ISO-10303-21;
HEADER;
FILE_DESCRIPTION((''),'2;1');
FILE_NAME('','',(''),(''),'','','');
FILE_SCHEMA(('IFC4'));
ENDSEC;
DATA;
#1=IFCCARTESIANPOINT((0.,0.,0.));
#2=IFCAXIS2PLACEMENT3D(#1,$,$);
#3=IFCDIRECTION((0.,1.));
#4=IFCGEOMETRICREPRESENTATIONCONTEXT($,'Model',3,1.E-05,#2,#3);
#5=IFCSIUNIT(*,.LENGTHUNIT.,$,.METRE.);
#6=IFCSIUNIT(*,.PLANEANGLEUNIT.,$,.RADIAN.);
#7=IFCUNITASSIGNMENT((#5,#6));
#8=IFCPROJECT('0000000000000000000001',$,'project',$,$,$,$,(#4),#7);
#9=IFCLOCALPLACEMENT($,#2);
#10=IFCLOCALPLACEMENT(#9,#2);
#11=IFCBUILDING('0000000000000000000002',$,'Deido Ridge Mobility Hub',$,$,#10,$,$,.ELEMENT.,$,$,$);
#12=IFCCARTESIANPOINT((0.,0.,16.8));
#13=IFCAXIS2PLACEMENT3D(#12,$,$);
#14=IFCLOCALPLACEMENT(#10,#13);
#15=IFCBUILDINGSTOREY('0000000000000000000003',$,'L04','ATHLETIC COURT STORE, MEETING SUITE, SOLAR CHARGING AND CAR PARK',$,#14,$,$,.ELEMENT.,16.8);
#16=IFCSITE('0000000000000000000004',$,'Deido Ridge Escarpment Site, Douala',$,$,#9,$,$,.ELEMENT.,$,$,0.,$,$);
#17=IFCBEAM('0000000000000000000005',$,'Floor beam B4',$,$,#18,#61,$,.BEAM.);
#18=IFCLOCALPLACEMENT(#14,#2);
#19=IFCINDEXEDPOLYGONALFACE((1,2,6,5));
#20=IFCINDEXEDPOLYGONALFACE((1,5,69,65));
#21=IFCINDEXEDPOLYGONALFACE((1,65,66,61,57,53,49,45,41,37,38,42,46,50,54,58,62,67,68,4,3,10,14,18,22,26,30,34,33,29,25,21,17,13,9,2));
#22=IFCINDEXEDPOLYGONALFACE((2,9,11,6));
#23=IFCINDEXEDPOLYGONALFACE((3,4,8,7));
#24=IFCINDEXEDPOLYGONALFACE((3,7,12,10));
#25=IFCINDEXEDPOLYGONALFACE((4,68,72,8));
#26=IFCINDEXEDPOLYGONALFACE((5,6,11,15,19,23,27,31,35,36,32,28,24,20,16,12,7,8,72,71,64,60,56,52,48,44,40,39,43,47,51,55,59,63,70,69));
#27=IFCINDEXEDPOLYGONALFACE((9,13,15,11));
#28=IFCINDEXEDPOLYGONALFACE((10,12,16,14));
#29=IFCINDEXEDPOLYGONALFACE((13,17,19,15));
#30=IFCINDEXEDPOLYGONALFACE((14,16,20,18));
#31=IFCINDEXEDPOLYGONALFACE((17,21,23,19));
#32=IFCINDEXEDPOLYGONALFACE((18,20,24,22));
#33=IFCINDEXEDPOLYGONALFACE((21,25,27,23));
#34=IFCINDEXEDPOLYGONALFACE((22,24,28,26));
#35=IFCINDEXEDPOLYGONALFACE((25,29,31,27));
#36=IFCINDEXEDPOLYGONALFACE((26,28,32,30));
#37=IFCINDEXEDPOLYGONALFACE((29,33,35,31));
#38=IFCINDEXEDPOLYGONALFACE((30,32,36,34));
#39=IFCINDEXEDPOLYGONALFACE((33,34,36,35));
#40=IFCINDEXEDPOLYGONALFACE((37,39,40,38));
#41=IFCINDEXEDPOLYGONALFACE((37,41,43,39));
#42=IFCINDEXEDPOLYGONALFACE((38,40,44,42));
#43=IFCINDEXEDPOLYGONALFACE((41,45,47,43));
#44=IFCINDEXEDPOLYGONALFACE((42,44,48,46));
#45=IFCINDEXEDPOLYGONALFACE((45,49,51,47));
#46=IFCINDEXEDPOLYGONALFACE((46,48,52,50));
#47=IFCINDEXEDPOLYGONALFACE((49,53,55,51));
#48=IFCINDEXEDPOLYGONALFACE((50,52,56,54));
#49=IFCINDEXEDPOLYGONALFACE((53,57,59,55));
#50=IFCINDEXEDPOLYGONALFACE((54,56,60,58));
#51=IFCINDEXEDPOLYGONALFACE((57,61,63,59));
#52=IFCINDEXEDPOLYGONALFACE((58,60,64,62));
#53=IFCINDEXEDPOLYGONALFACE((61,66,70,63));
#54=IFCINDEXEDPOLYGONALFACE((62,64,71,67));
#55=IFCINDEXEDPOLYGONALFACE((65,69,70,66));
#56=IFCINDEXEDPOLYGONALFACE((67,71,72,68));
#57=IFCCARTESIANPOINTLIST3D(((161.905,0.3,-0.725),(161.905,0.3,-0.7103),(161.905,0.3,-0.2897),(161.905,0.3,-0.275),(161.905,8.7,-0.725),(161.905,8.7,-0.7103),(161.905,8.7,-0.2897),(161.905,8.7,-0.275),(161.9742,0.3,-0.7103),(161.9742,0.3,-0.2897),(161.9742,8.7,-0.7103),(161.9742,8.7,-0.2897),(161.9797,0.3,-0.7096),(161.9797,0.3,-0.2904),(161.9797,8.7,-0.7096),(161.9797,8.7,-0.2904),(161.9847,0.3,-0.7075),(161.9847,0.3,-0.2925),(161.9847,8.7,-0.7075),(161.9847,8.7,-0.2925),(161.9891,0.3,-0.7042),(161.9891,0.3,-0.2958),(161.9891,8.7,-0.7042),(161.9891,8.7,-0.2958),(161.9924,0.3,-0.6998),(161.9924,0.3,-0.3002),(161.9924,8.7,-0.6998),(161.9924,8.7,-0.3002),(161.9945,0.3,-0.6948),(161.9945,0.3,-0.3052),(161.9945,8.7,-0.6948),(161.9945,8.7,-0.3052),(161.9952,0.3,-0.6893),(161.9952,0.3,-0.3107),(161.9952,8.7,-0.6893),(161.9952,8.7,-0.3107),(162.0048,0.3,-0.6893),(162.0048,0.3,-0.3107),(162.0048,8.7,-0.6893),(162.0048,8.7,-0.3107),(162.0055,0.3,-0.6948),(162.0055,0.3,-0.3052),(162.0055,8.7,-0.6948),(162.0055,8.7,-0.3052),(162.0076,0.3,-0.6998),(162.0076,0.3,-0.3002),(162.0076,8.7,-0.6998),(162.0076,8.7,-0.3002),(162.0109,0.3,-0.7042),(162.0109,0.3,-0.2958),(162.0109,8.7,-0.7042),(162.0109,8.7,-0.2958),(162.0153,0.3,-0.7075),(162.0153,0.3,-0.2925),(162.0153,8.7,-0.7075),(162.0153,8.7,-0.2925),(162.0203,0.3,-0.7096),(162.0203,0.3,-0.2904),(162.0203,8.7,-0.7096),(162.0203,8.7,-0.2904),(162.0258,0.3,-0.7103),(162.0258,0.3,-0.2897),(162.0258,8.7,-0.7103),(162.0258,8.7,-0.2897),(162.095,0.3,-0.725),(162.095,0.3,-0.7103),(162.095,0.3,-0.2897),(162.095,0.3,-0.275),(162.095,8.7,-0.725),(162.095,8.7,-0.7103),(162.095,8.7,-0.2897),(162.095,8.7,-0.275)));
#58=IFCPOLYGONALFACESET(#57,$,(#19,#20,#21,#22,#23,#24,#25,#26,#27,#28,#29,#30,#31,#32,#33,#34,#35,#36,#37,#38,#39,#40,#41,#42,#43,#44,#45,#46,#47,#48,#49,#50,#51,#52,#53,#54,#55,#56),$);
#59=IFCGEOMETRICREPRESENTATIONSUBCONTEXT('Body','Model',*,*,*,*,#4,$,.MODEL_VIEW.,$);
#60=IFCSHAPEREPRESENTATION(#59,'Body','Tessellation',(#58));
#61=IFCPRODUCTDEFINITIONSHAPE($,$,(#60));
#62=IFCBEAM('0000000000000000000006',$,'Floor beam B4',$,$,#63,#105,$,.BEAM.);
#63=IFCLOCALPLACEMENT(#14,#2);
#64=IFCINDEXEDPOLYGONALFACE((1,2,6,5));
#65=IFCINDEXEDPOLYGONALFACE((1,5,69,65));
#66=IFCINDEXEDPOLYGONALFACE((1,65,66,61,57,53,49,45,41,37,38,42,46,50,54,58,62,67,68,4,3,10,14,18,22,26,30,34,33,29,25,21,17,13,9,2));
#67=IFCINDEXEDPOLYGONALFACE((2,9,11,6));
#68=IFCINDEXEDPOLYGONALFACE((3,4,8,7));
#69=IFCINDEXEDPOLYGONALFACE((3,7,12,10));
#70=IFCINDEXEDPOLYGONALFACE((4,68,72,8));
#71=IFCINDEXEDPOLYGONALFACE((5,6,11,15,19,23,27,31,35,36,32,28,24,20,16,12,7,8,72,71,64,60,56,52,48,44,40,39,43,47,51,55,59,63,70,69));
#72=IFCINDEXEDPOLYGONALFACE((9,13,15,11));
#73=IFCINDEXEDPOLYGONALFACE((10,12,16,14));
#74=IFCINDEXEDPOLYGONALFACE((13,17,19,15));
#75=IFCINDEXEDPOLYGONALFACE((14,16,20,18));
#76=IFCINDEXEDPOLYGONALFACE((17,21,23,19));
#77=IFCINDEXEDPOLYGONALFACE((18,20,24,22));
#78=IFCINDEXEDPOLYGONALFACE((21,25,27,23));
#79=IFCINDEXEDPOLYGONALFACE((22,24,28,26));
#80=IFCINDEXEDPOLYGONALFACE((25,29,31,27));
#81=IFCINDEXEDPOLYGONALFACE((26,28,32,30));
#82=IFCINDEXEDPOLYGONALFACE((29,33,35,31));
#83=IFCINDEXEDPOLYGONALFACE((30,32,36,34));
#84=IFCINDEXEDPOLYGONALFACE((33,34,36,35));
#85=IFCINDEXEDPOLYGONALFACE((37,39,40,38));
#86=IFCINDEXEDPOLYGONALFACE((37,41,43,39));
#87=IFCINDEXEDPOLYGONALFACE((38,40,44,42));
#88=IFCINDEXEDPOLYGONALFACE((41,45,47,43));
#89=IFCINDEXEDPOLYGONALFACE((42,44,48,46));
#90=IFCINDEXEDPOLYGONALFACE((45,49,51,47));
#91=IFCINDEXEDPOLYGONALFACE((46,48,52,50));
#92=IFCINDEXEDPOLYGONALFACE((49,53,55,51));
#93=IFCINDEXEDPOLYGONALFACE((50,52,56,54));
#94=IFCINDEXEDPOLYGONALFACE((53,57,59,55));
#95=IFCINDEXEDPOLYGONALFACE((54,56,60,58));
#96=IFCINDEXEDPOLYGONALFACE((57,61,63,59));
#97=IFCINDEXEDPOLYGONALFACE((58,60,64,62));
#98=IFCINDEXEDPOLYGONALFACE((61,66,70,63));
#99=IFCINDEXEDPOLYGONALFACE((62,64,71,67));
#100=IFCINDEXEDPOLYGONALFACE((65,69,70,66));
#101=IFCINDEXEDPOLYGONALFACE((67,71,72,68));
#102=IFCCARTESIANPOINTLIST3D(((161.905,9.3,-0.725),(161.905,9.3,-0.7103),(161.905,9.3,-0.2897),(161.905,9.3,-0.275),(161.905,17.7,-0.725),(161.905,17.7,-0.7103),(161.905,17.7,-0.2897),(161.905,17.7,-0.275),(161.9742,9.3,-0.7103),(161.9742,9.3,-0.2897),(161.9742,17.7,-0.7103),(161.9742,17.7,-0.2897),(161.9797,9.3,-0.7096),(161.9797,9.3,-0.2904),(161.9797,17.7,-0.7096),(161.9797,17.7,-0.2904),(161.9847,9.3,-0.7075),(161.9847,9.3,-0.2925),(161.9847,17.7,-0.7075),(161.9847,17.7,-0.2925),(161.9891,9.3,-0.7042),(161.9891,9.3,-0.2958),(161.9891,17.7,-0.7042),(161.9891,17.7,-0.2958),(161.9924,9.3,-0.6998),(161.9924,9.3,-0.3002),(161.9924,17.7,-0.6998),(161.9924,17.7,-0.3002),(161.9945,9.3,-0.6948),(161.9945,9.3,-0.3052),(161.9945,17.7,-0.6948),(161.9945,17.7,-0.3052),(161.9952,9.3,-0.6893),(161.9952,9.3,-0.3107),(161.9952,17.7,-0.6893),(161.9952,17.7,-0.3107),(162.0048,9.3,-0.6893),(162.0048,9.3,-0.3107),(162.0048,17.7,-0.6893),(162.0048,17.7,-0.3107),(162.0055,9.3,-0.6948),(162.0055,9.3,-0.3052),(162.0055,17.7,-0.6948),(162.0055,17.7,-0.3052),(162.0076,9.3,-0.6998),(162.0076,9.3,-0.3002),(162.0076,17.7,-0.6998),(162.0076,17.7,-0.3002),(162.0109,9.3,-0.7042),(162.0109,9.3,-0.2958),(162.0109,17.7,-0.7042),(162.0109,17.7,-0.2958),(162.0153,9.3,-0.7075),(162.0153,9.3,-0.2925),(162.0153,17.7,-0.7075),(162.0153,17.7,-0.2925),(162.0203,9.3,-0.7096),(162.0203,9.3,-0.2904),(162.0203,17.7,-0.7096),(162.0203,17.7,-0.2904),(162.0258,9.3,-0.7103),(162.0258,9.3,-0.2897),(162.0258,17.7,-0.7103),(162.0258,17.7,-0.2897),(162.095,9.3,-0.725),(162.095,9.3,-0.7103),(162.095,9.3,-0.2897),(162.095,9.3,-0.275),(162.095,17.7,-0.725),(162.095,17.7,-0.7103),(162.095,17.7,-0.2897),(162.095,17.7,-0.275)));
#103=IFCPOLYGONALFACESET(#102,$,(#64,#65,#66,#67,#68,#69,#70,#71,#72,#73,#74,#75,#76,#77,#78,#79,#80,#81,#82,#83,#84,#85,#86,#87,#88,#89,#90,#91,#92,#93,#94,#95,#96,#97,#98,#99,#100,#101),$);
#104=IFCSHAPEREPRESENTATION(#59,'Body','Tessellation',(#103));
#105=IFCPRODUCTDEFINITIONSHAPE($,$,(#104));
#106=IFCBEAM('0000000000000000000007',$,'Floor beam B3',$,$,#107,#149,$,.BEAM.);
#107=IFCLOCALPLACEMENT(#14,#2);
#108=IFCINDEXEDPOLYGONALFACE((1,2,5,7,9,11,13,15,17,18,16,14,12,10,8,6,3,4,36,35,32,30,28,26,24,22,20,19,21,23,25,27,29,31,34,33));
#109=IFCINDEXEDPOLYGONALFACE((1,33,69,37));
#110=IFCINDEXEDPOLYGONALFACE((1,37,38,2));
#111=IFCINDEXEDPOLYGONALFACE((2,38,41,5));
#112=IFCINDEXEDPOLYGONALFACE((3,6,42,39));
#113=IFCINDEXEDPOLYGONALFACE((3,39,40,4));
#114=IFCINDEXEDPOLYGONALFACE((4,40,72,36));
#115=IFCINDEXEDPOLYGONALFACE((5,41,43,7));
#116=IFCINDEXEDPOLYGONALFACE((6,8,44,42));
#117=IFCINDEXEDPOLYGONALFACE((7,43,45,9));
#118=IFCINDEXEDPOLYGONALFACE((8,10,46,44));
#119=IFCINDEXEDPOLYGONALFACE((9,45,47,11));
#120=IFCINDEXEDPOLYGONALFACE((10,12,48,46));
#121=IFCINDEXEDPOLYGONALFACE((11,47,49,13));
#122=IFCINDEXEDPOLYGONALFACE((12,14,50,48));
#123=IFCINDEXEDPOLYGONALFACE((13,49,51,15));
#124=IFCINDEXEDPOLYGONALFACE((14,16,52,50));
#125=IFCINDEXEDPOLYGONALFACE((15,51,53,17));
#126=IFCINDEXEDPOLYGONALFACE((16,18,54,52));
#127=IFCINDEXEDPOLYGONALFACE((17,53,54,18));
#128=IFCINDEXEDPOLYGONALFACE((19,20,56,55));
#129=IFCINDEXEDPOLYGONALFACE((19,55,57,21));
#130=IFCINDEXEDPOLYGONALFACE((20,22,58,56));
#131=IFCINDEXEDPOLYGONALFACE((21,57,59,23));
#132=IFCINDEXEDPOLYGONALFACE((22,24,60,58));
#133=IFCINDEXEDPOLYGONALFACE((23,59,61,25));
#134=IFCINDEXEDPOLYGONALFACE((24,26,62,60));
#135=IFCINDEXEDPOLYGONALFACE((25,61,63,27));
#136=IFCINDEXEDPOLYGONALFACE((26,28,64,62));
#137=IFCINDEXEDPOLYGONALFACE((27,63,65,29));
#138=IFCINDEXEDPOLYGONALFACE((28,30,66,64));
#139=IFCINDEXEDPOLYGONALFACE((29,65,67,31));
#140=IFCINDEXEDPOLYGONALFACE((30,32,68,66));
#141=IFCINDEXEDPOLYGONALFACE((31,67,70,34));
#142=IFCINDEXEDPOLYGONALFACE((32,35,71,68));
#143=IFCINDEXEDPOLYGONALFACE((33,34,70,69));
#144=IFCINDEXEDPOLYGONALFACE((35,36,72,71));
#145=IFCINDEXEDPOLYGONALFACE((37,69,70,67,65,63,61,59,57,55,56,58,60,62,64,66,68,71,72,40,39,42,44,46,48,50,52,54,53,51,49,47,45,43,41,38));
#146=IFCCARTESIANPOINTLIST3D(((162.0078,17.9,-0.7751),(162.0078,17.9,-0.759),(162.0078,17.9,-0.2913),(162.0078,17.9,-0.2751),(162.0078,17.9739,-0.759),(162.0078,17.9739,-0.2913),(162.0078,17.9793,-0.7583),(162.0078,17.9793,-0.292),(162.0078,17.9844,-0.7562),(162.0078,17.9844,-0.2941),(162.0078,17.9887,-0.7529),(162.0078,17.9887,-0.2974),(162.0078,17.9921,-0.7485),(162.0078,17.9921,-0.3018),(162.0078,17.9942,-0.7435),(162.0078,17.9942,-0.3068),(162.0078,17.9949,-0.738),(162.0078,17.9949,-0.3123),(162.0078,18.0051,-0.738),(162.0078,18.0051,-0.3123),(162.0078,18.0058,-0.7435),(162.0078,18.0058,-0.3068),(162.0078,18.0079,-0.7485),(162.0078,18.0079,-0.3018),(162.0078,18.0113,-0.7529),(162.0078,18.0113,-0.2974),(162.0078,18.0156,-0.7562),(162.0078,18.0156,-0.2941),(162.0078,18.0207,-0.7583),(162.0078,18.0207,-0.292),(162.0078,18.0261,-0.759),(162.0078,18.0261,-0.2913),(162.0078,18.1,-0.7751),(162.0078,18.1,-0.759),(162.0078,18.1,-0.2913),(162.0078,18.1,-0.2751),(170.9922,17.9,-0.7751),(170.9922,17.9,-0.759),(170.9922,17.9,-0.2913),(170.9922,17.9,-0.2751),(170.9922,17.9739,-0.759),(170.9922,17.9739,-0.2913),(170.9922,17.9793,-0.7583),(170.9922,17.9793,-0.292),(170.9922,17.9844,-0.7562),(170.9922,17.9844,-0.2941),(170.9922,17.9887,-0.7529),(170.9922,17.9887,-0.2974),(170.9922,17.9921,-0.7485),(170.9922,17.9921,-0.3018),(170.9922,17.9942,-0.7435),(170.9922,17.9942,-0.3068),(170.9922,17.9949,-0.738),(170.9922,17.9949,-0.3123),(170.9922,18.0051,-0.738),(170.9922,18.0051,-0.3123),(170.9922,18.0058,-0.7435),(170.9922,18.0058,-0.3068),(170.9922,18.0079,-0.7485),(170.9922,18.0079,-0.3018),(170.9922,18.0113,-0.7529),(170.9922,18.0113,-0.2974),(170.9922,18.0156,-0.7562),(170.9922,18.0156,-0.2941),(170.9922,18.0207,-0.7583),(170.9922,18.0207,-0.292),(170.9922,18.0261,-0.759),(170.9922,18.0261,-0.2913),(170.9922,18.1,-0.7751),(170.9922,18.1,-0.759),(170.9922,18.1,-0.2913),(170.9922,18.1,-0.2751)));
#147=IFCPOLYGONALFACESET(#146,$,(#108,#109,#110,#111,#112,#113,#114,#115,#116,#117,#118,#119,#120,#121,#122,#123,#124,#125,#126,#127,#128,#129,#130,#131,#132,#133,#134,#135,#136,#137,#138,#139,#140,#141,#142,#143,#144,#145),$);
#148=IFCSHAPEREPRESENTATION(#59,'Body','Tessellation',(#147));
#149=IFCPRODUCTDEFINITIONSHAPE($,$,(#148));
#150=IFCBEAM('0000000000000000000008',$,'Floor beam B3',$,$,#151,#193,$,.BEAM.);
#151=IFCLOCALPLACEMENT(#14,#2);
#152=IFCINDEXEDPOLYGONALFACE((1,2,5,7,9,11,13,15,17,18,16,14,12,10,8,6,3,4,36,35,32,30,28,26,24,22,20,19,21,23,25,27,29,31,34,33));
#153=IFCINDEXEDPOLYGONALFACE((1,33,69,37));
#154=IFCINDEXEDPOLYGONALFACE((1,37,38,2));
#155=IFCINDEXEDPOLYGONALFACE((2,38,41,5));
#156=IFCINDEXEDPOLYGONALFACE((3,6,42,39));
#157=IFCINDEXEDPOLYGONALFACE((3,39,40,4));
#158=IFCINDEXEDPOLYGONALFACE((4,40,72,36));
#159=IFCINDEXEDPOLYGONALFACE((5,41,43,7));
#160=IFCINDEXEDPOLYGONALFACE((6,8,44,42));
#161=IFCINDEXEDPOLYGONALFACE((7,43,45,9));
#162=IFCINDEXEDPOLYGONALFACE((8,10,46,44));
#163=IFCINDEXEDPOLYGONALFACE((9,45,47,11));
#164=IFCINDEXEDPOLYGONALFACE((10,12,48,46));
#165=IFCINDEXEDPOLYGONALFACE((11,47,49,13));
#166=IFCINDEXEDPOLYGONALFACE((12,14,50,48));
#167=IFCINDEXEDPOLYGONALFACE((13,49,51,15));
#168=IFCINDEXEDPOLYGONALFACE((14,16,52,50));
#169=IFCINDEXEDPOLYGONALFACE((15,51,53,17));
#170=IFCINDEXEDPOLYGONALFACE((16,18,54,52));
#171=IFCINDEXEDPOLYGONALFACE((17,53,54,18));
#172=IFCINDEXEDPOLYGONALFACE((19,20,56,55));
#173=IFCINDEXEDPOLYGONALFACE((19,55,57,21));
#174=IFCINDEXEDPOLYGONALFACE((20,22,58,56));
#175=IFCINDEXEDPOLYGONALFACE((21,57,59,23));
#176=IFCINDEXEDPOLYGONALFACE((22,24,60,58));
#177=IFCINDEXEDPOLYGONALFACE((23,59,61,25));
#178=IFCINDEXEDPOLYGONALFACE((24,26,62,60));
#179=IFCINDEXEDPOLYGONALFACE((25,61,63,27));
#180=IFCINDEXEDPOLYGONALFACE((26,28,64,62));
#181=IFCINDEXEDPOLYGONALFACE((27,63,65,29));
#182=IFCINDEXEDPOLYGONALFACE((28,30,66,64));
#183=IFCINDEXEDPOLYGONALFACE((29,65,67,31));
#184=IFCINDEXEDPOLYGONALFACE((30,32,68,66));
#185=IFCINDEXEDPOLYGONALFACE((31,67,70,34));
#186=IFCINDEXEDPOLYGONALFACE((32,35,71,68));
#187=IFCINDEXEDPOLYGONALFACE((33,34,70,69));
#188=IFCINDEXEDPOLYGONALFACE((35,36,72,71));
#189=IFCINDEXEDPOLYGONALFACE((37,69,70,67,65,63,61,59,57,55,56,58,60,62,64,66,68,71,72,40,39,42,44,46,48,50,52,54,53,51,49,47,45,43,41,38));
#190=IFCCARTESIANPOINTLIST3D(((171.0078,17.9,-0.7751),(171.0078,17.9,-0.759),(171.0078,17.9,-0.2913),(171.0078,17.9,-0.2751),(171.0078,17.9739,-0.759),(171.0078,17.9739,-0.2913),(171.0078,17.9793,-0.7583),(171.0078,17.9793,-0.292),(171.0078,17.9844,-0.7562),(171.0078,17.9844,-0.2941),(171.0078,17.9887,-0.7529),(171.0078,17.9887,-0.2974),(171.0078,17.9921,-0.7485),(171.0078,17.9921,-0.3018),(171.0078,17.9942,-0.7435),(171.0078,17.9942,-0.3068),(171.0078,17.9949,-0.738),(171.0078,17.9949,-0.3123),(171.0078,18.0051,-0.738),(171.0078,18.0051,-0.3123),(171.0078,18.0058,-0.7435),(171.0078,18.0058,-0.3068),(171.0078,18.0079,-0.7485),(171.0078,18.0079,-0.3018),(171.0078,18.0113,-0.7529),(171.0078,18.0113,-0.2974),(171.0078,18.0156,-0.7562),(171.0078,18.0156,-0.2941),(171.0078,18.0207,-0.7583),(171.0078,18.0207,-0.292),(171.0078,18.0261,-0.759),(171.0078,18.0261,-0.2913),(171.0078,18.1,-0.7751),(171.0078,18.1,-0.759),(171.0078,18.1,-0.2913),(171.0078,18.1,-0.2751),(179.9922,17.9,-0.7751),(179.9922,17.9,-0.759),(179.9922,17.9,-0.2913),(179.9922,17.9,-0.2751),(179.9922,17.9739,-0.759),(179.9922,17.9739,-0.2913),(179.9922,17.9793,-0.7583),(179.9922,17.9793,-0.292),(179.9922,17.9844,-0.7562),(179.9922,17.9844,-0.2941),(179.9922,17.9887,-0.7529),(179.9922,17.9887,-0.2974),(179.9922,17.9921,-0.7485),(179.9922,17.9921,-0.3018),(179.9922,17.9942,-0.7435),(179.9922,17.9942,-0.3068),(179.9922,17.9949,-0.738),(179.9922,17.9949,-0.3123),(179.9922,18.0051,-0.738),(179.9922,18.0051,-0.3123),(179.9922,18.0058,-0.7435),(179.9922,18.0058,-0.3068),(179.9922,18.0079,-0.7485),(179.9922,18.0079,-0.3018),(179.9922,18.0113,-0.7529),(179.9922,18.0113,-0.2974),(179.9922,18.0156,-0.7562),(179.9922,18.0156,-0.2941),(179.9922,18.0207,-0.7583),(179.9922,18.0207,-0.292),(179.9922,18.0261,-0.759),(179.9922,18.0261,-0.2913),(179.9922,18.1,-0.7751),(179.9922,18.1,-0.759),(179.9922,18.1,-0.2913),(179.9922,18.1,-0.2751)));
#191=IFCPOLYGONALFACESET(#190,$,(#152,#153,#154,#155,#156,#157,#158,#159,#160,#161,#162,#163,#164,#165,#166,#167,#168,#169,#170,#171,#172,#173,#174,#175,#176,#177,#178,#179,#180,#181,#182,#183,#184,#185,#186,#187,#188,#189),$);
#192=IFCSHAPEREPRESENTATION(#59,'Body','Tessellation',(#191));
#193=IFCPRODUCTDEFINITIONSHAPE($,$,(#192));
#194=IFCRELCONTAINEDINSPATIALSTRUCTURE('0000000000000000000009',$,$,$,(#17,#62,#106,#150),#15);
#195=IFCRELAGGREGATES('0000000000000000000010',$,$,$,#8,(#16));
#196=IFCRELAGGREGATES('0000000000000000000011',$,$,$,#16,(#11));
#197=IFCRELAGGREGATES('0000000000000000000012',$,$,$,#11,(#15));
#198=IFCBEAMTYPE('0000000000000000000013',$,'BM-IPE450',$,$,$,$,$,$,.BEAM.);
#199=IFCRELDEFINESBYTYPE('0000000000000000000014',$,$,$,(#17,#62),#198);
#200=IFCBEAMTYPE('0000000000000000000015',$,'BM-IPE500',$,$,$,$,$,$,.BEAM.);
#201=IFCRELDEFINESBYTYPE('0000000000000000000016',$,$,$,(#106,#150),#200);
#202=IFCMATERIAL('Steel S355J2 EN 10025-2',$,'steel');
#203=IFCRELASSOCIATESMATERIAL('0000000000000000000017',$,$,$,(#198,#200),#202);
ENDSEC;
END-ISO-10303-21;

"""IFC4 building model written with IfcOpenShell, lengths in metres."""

from ifc_helpers import new_model, si_unit, direction, frame, origin, origin_2d, place, context, subcontext, project, spatial, i_section, extrude, material, material_profile, profile_set, type_object, element, save


model = new_model("IFC4")

# Units and contexts
model_context = context("Model", 3, precision=1e-05, world=origin(), true_north=direction((0.0, 1.0)))
body_context = subcontext(model_context, "Body", "Model", "MODEL_VIEW")
ifc_project = project(units=[si_unit("LENGTHUNIT", "METRE"), si_unit("PLANEANGLEUNIT", "RADIAN")], contexts=[model_context])

# Site, building, storey
site_placement = place(None, origin())
site = spatial("IfcSite", under=ifc_project, at=site_placement, Name="Deido Ridge Escarpment Site, Douala", CompositionType="ELEMENT", RefElevation=0.0)
building_placement = place(site_placement, origin())
building = spatial("IfcBuilding", under=site, at=building_placement, Name="Deido Ridge Mobility Hub", CompositionType="ELEMENT")
storey_placement = place(building_placement, frame((0.0, 0.0, 16.8)))
storey = spatial("IfcBuildingStorey", under=building, at=storey_placement, Name="L04", Description="ATHLETIC COURT STORE, MEETING SUITE, SOLAR CHARGING AND CAR PARK", CompositionType="ELEMENT", Elevation=16.8)

# Shared definitions
ifc_material_1 = material(Name="Steel S355J2 EN 10025-2", Category="steel")

# Beams
ifc_material_profile_1 = material_profile(ifc_material_1, i_section(OverallWidth=0.1899, OverallDepth=0.45, WebThickness=0.0095, FlangeThickness=0.0146, FilletRadius=0.021, at=origin_2d()), Name="IPE 450")
ifc_profile_set_1 = profile_set([ifc_material_profile_1], Name="Steel S355J2 EN 10025-2")
beam_type_1 = type_object("IfcBeamType", Name="BM-IPE450", PredefinedType="BEAM", material=ifc_profile_set_1)
for number, where, z_axis, x_axis, name in (
    (1, (162.0, 0.3, -0.5), (0.0, 1.0, 0.0), (-1.0, 0.0, 0.0), "Floor beam B4"),
    (2, (162.0, 9.3, -0.5), (0.0, 1.0, 0.0), (-1.0, 0.0, 0.0), "Floor beam B4"),
):
    element("IfcBeam", number, at=place(storey_placement, frame(where, z_axis=z_axis, x_axis=x_axis)), inside=storey, type_object=beam_type_1, Name=name, PredefinedType="BEAM", context=body_context, shape_type="SweptSolid", body=[
        extrude(i_section(OverallWidth=0.1899, OverallDepth=0.45, WebThickness=0.0095, FlangeThickness=0.0146, FilletRadius=0.021, at=origin_2d()), origin(), (0.0, 0.0, 1.0), 8.3999),
    ])
ifc_material_profile_2 = material_profile(ifc_material_1, i_section(OverallWidth=0.2, OverallDepth=0.5, WebThickness=0.0103, FlangeThickness=0.0161, FilletRadius=0.021, at=origin_2d()), Name="IPE 500")
ifc_profile_set_2 = profile_set([ifc_material_profile_2], Name="Steel S355J2 EN 10025-2")
beam_type_2 = type_object("IfcBeamType", Name="BM-IPE500", PredefinedType="BEAM", material=ifc_profile_set_2)
for number, where, z_axis, x_axis, name in (
    (3, (162.0078, 18.0, -0.5251), (1.0, 0.0, 0.0), (0.0, 1.0, 0.0), "Floor beam B3"),
    (4, (171.0078, 18.0, -0.5251), (1.0, 0.0, 0.0), (0.0, 1.0, 0.0), "Floor beam B3"),
):
    element("IfcBeam", number, at=place(storey_placement, frame(where, z_axis=z_axis, x_axis=x_axis)), inside=storey, type_object=beam_type_2, Name=name, PredefinedType="BEAM", context=body_context, shape_type="SweptSolid", body=[
        extrude(i_section(OverallWidth=0.2, OverallDepth=0.5, WebThickness=0.0103, FlangeThickness=0.0161, FilletRadius=0.021, at=origin_2d()), origin(), (0.0, 0.0, 1.0), 8.9844),
    ])

save(model, "model.ifc")
